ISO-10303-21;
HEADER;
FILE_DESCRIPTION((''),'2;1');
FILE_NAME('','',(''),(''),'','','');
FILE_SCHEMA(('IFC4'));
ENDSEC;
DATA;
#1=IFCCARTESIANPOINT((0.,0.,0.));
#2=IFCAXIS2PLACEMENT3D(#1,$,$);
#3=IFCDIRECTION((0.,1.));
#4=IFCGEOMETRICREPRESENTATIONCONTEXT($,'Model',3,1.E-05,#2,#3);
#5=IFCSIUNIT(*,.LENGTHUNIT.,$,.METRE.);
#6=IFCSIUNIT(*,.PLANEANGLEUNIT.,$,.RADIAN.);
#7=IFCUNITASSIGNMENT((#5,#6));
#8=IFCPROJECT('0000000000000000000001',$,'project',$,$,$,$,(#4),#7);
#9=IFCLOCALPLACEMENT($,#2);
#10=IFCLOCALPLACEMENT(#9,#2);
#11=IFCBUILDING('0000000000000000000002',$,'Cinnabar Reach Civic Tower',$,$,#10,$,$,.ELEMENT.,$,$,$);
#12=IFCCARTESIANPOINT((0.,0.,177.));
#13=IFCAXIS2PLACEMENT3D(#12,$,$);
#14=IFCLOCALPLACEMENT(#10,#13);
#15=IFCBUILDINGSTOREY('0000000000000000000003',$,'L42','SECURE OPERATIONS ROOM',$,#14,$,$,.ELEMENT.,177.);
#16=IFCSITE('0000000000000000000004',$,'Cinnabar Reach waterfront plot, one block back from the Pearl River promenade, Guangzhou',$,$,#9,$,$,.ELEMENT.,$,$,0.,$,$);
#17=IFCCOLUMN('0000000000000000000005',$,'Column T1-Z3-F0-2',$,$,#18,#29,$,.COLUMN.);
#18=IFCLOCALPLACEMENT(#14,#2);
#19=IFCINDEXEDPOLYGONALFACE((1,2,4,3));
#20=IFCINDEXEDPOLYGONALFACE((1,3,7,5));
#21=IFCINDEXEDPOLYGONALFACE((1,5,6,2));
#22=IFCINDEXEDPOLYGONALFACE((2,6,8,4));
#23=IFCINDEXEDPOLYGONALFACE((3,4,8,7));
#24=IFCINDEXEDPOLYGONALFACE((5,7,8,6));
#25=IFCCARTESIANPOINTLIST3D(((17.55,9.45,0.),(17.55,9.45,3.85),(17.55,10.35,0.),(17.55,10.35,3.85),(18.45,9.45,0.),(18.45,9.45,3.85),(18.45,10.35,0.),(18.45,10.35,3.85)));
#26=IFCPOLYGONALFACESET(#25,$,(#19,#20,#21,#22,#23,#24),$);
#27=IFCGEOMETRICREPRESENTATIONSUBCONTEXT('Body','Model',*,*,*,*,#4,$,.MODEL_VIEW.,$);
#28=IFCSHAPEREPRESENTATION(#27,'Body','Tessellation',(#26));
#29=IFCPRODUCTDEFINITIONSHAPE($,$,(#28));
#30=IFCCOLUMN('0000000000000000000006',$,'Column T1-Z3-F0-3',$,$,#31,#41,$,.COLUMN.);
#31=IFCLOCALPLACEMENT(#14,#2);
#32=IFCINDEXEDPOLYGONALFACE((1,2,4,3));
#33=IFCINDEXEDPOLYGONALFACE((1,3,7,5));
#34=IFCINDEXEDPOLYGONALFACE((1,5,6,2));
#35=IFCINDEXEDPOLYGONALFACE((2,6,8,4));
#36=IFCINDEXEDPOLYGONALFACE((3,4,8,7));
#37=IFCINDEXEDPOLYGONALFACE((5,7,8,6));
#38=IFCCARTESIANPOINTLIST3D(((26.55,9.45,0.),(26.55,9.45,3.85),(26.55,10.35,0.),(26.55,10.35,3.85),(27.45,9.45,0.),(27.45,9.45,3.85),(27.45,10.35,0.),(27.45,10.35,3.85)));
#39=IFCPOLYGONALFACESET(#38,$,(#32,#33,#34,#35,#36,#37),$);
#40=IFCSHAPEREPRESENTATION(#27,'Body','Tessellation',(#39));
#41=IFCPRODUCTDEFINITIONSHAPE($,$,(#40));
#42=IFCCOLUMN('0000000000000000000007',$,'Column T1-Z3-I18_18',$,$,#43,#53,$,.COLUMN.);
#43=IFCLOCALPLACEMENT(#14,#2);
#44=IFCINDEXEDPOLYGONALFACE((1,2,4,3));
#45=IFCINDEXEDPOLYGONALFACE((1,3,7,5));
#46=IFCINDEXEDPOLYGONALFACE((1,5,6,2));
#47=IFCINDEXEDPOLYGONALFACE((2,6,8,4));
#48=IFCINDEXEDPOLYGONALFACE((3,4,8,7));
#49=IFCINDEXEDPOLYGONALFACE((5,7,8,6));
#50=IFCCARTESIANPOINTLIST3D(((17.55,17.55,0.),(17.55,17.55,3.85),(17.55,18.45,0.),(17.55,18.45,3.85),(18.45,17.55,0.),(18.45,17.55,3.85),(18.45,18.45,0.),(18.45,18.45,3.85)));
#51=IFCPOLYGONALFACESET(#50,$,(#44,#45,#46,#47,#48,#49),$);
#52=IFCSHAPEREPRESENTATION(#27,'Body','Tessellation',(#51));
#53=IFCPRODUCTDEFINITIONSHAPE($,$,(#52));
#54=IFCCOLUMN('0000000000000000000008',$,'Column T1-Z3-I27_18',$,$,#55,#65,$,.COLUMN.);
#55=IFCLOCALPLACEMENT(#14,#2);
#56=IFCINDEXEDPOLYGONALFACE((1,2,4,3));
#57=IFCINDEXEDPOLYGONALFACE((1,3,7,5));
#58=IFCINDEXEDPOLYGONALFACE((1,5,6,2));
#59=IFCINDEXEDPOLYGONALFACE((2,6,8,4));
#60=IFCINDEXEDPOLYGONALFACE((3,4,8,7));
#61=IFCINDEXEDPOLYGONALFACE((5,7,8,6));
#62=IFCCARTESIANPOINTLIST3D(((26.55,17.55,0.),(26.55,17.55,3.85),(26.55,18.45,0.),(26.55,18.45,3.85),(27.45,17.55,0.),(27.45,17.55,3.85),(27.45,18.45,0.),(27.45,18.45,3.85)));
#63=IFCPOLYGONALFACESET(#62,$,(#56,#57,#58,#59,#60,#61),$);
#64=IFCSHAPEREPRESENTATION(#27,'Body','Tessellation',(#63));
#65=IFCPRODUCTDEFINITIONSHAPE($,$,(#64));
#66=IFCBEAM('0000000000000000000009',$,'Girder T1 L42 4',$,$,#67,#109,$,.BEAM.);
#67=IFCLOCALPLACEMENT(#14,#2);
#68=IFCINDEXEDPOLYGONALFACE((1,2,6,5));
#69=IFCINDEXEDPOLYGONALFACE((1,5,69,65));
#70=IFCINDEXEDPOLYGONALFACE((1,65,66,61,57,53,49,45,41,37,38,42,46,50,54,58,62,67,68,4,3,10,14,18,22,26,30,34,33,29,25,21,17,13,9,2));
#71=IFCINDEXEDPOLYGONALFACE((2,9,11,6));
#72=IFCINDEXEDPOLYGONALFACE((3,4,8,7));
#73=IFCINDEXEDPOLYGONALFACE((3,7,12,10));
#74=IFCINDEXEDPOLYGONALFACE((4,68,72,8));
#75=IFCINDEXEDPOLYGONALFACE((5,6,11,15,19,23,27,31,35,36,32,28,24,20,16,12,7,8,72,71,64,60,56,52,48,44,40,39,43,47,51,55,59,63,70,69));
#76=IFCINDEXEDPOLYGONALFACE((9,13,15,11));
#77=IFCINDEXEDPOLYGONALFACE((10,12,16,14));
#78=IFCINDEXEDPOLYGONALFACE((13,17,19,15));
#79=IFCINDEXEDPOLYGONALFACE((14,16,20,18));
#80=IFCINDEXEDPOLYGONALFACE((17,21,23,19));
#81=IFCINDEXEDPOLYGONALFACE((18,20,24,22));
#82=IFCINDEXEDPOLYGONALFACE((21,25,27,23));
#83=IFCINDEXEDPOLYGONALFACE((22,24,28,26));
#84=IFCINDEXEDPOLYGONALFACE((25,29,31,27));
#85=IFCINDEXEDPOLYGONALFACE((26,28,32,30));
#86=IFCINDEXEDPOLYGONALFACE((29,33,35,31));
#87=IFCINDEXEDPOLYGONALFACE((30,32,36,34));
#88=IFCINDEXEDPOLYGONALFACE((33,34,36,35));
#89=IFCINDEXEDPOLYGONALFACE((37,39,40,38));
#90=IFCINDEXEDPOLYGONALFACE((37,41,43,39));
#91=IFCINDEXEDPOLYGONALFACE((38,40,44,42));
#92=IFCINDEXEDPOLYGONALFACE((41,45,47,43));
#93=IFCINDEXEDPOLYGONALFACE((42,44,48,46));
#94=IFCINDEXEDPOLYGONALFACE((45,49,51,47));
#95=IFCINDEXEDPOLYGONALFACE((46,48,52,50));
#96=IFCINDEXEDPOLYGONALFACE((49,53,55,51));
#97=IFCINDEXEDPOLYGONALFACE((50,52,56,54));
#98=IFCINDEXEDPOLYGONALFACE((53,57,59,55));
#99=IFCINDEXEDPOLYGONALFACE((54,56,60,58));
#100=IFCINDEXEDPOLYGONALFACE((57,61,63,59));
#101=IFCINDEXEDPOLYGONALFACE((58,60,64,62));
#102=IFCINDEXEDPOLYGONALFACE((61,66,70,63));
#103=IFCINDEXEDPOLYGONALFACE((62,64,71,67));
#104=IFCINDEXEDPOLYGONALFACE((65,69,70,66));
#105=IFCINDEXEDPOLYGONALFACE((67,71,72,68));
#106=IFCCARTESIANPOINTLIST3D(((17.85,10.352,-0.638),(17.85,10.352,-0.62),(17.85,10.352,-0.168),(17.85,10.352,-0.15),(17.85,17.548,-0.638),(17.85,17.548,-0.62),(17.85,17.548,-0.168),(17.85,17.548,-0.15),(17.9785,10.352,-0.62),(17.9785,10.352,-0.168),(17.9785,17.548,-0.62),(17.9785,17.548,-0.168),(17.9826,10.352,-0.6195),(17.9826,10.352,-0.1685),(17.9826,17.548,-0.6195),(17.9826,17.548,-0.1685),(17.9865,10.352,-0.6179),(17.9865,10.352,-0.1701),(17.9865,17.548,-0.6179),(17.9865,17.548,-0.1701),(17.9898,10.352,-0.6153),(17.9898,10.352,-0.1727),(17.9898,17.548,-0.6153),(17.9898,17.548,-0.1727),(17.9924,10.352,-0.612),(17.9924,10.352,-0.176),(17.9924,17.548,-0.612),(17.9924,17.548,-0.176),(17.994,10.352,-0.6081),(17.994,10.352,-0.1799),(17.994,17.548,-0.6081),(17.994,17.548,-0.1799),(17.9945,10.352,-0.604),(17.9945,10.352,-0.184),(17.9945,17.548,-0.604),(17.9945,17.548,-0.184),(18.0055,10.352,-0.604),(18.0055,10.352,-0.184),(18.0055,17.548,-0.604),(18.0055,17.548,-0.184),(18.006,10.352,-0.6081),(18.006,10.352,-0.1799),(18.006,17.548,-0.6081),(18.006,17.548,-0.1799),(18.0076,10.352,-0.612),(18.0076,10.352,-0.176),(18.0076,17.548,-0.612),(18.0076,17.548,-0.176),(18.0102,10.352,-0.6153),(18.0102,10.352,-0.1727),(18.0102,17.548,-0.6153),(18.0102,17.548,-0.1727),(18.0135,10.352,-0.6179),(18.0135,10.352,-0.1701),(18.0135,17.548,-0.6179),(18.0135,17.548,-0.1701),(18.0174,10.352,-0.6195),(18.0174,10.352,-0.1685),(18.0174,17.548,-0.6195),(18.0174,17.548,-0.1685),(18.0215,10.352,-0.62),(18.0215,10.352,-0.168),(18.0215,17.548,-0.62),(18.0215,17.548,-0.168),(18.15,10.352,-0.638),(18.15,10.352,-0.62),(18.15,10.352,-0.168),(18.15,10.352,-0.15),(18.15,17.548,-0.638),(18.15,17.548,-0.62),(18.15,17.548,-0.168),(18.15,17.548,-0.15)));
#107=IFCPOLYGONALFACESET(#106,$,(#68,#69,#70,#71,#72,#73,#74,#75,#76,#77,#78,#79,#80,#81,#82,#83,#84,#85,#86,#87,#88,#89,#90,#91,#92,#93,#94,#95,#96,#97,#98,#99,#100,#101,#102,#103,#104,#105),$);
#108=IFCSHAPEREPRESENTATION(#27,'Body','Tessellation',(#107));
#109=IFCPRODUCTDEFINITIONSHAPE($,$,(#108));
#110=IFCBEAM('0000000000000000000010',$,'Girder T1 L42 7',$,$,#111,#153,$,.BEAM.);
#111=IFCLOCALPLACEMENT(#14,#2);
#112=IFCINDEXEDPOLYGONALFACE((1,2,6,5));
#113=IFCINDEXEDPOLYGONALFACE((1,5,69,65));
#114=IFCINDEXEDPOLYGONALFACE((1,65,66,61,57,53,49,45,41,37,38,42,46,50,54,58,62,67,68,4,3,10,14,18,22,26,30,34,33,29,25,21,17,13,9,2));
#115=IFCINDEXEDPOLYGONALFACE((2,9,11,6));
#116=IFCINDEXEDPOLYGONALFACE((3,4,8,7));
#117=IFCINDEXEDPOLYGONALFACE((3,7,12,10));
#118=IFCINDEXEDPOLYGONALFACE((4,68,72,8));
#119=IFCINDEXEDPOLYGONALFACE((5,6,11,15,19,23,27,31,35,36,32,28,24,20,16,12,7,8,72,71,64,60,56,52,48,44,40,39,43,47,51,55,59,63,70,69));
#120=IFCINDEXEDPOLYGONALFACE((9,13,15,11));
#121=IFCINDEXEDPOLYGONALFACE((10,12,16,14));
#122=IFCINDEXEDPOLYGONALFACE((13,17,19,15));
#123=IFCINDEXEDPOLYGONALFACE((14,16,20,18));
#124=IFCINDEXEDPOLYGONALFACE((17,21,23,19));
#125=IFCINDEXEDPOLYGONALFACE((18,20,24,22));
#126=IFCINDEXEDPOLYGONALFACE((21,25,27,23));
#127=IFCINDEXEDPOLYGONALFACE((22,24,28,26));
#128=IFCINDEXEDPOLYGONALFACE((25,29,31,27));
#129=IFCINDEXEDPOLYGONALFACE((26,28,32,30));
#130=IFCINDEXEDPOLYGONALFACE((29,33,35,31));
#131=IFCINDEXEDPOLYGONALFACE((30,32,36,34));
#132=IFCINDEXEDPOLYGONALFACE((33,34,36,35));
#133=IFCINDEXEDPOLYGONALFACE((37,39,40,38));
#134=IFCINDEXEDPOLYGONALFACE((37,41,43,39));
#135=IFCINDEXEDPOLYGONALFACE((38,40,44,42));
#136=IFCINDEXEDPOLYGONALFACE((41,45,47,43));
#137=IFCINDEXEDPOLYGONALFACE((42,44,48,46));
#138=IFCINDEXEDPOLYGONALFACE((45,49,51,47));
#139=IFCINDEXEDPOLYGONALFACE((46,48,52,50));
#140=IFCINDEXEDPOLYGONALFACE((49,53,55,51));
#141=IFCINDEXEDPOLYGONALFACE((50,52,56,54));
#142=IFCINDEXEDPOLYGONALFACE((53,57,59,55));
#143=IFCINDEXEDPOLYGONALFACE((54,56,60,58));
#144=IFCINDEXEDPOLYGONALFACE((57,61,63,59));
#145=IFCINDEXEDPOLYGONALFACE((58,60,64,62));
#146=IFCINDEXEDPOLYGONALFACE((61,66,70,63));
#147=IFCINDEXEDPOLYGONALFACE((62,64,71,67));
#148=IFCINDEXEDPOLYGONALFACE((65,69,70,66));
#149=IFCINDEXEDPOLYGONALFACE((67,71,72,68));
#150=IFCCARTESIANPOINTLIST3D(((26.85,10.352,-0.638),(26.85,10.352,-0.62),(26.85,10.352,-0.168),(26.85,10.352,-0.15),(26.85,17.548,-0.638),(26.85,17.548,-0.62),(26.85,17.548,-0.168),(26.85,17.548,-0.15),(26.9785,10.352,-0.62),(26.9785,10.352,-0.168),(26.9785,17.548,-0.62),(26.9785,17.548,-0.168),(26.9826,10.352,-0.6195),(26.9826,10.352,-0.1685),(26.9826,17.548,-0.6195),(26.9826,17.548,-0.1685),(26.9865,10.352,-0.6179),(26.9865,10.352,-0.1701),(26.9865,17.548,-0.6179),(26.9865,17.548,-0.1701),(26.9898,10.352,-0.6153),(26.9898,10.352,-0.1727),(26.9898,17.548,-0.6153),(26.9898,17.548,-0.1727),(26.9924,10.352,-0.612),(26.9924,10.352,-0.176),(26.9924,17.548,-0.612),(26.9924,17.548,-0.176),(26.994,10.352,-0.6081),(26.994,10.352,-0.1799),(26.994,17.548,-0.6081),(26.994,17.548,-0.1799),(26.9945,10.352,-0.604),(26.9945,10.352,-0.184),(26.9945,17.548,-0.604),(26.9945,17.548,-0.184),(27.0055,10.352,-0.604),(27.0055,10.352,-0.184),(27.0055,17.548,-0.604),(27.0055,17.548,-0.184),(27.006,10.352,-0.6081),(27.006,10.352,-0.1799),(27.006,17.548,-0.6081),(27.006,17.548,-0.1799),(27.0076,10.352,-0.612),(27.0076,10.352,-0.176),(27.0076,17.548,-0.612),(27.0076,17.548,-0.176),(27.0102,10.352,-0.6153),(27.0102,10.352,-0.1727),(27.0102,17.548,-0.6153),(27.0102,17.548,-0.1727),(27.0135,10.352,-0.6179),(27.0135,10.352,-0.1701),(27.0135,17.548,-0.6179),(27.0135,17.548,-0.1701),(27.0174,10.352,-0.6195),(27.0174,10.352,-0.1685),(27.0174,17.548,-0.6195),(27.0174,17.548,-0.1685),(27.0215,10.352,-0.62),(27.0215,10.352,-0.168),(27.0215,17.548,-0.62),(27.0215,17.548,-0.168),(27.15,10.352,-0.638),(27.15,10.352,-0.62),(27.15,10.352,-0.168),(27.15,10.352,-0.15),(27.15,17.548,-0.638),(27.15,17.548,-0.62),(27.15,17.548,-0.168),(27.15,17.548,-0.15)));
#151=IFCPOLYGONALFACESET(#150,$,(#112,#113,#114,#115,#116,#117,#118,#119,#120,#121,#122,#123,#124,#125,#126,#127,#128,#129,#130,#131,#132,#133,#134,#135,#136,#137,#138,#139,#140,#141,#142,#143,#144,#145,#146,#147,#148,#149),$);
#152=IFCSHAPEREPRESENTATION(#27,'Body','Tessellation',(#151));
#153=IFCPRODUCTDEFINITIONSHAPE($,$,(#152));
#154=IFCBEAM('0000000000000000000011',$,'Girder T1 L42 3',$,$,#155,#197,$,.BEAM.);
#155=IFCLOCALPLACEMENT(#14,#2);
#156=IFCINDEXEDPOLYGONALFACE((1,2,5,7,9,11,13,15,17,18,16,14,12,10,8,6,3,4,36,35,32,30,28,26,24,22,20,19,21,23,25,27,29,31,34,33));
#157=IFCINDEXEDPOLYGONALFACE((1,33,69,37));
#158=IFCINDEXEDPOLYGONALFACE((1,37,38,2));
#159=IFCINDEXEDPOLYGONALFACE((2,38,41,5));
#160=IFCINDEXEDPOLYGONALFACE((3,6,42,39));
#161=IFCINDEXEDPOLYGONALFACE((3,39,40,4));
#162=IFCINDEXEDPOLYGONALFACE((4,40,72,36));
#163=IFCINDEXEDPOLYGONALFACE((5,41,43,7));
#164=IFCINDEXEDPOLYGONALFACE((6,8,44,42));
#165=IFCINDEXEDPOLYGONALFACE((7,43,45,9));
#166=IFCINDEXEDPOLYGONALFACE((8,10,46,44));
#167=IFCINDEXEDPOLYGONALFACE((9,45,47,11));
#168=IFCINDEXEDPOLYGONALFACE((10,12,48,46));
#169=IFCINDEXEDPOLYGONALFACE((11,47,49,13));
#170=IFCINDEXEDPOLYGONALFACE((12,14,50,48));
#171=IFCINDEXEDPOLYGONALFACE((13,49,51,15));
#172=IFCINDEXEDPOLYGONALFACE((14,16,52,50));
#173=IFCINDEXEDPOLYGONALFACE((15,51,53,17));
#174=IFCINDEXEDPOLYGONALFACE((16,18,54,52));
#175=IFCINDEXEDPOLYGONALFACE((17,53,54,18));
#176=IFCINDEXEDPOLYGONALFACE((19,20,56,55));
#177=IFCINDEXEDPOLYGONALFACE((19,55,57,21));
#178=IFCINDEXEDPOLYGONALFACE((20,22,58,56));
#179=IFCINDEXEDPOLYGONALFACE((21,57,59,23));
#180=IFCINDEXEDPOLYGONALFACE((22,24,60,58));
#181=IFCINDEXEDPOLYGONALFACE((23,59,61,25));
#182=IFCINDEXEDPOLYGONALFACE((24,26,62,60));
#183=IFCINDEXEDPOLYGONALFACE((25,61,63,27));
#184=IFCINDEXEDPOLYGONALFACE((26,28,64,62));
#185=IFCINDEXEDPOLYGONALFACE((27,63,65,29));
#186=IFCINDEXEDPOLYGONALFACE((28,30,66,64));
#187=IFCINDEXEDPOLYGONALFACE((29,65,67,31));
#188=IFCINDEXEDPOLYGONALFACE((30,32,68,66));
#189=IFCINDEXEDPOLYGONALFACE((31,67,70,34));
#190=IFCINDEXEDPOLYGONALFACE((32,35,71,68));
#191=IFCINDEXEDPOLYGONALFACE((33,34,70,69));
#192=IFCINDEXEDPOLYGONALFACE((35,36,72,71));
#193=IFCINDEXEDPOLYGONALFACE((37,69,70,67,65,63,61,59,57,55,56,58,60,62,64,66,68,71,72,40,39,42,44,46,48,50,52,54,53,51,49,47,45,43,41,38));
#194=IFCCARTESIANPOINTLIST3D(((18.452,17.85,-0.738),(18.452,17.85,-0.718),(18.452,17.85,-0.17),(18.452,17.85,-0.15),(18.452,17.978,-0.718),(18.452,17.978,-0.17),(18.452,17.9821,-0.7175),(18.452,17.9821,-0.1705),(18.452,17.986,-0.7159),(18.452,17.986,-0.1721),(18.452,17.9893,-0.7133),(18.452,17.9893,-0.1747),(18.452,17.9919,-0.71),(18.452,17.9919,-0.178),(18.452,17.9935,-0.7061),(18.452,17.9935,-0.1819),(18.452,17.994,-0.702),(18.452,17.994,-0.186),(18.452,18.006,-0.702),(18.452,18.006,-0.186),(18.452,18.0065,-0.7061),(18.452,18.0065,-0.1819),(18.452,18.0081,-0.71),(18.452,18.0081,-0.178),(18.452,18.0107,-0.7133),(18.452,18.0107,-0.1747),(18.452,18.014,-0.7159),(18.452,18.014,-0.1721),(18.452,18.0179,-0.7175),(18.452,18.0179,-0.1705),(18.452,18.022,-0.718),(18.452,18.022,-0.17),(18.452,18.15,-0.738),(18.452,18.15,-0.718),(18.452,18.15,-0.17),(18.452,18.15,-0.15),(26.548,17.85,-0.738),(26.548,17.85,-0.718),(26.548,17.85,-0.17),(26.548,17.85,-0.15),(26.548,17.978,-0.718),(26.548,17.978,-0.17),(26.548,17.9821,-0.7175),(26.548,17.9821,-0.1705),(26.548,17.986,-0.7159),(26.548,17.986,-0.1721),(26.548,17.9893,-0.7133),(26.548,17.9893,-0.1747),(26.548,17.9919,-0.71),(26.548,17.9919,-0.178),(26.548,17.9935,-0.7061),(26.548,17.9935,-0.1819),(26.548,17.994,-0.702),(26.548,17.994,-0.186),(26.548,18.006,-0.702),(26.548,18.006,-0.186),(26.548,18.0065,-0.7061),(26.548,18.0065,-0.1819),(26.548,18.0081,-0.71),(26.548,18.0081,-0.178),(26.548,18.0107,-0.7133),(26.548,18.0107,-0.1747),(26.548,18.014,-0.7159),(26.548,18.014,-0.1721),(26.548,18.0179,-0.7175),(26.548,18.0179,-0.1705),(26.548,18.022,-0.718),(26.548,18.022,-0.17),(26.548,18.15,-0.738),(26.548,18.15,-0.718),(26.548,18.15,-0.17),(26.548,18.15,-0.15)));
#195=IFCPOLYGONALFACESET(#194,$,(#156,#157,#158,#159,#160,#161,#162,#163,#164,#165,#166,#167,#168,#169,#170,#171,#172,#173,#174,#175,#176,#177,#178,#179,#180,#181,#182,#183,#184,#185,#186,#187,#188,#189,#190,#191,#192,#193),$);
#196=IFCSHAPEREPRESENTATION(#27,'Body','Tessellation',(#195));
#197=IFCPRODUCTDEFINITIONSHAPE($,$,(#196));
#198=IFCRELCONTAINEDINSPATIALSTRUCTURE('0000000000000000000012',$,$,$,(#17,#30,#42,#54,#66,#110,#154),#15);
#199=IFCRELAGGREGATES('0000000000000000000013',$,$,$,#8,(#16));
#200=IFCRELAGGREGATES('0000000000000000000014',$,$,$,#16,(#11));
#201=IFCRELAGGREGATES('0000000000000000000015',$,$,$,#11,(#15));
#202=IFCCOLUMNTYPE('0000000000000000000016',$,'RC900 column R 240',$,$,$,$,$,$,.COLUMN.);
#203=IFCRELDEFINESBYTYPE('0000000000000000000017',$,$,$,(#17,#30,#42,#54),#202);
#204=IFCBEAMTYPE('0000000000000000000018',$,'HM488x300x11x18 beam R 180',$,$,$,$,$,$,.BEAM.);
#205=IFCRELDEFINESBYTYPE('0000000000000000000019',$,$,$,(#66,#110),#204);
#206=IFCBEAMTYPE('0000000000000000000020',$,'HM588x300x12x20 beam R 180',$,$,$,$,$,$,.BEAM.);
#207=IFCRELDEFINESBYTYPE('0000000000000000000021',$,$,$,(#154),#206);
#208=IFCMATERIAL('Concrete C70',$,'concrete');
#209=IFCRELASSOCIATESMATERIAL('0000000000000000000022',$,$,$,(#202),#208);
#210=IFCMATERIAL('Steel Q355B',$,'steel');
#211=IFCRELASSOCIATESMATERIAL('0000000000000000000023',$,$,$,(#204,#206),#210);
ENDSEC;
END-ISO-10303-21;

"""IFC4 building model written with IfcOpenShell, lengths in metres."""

from ifc_helpers import new_model, si_unit, direction, frame, origin, origin_2d, place, context, subcontext, project, spatial, rectangle, i_section, extrude, material, material_profile, profile_set, type_object, element, save


model = new_model("IFC4")

# Units and contexts
model_context = context("Model", 3, precision=1e-05, world=origin(), true_north=direction((0.0, 1.0)))
body_context = subcontext(model_context, "Body", "Model", "MODEL_VIEW")
ifc_project = project(units=[si_unit("LENGTHUNIT", "METRE"), si_unit("PLANEANGLEUNIT", "RADIAN")], contexts=[model_context])

# Site, building, storey
site_placement = place(None, origin())
site = spatial("IfcSite", under=ifc_project, at=site_placement, Name="Cinnabar Reach waterfront plot, one block back from the Pearl River promenade, Guangzhou", CompositionType="ELEMENT", RefElevation=0.0)
building_placement = place(site_placement, origin())
building = spatial("IfcBuilding", under=site, at=building_placement, Name="Cinnabar Reach Civic Tower", CompositionType="ELEMENT")
storey_placement = place(building_placement, frame((0.0, 0.0, 177.0)))
storey = spatial("IfcBuildingStorey", under=building, at=storey_placement, Name="L42", Description="SECURE OPERATIONS ROOM", CompositionType="ELEMENT", Elevation=177.0)

# Columns
ifc_material_1 = material(Name="Concrete C70", Category="concrete")
ifc_material_profile_1 = material_profile(ifc_material_1, rectangle(XDim=0.9, YDim=0.9, at=origin_2d()), Name="RC900")
ifc_profile_set_1 = profile_set([ifc_material_profile_1], Name="Concrete C70")
column_type = type_object("IfcColumnType", Name="RC900 column R 240", PredefinedType="COLUMN", material=ifc_profile_set_1)
for number, where, z_axis, x_axis, name in (
    (1, (18.0, 9.9, 0.0), (0.0, 0.0, 1.0), (1.0, 0.0, 0.0), "Column T1-Z3-F0-2"),
    (2, (27.0, 9.9, 0.0), (0.0, 0.0, 1.0), (1.0, 0.0, 0.0), "Column T1-Z3-F0-3"),
    (3, (18.0, 18.0, 0.0), (0.0, 0.0, 1.0), (1.0, 0.0, 0.0), "Column T1-Z3-I18_18"),
    (4, (27.0, 18.0, 0.0), (0.0, 0.0, 1.0), (1.0, 0.0, 0.0), "Column T1-Z3-I27_18"),
):
    element("IfcColumn", number, at=place(storey_placement, frame(where, z_axis=z_axis, x_axis=x_axis)), inside=storey, type_object=column_type, Name=name, PredefinedType="COLUMN", context=body_context, shape_type="SweptSolid", body=[
        extrude(rectangle(XDim=0.9, YDim=0.9, at=origin_2d()), origin(), (0.0, 0.0, 1.0), 3.85),
    ])

# Beams
ifc_material_2 = material(Name="Steel Q355B", Category="steel")
ifc_material_profile_2 = material_profile(ifc_material_2, i_section(OverallWidth=0.3, OverallDepth=0.488, WebThickness=0.011, FlangeThickness=0.018, FilletRadius=0.016, at=origin_2d()), Name="HM488x300x11x18")
ifc_profile_set_2 = profile_set([ifc_material_profile_2], Name="Steel Q355B")
beam_type_1 = type_object("IfcBeamType", Name="HM488x300x11x18 beam R 180", PredefinedType="BEAM", material=ifc_profile_set_2)
for number, where, z_axis, x_axis, name in (
    (5, (18.0, 10.352, -0.394), (0.0, 1.0, 0.0), (-1.0, 0.0, 0.0), "Girder T1 L42 4"),
    (6, (27.0, 10.352, -0.394), (0.0, 1.0, 0.0), (-1.0, 0.0, 0.0), "Girder T1 L42 7"),
):
    element("IfcBeam", number, at=place(storey_placement, frame(where, z_axis=z_axis, x_axis=x_axis)), inside=storey, type_object=beam_type_1, Name=name, PredefinedType="BEAM", context=body_context, shape_type="SweptSolid", body=[
        extrude(i_section(OverallWidth=0.3, OverallDepth=0.488, WebThickness=0.011, FlangeThickness=0.018, FilletRadius=0.016, at=origin_2d()), origin(), (0.0, 0.0, 1.0), 7.196),
    ])
ifc_material_profile_3 = material_profile(ifc_material_2, i_section(OverallWidth=0.3, OverallDepth=0.588, WebThickness=0.012, FlangeThickness=0.02, FilletRadius=0.016, at=origin_2d()), Name="HM588x300x12x20")
ifc_profile_set_3 = profile_set([ifc_material_profile_3], Name="Steel Q355B")
beam_type_2 = type_object("IfcBeamType", Name="HM588x300x12x20 beam R 180", PredefinedType="BEAM", material=ifc_profile_set_3)
beam_1_placement = place(storey_placement, frame((18.452, 18.0, -0.444), z_axis=(1.0, 0.0, 0.0), x_axis=(0.0, 1.0, 0.0)))
element("IfcBeam", 7, at=beam_1_placement, inside=storey, type_object=beam_type_2, Name="Girder T1 L42 3", PredefinedType="BEAM", context=body_context, shape_type="SweptSolid", body=[
    extrude(i_section(OverallWidth=0.3, OverallDepth=0.588, WebThickness=0.012, FlangeThickness=0.02, FilletRadius=0.016, at=origin_2d()), origin(), (0.0, 0.0, 1.0), 8.096),
])

save(model, "model.ifc")
